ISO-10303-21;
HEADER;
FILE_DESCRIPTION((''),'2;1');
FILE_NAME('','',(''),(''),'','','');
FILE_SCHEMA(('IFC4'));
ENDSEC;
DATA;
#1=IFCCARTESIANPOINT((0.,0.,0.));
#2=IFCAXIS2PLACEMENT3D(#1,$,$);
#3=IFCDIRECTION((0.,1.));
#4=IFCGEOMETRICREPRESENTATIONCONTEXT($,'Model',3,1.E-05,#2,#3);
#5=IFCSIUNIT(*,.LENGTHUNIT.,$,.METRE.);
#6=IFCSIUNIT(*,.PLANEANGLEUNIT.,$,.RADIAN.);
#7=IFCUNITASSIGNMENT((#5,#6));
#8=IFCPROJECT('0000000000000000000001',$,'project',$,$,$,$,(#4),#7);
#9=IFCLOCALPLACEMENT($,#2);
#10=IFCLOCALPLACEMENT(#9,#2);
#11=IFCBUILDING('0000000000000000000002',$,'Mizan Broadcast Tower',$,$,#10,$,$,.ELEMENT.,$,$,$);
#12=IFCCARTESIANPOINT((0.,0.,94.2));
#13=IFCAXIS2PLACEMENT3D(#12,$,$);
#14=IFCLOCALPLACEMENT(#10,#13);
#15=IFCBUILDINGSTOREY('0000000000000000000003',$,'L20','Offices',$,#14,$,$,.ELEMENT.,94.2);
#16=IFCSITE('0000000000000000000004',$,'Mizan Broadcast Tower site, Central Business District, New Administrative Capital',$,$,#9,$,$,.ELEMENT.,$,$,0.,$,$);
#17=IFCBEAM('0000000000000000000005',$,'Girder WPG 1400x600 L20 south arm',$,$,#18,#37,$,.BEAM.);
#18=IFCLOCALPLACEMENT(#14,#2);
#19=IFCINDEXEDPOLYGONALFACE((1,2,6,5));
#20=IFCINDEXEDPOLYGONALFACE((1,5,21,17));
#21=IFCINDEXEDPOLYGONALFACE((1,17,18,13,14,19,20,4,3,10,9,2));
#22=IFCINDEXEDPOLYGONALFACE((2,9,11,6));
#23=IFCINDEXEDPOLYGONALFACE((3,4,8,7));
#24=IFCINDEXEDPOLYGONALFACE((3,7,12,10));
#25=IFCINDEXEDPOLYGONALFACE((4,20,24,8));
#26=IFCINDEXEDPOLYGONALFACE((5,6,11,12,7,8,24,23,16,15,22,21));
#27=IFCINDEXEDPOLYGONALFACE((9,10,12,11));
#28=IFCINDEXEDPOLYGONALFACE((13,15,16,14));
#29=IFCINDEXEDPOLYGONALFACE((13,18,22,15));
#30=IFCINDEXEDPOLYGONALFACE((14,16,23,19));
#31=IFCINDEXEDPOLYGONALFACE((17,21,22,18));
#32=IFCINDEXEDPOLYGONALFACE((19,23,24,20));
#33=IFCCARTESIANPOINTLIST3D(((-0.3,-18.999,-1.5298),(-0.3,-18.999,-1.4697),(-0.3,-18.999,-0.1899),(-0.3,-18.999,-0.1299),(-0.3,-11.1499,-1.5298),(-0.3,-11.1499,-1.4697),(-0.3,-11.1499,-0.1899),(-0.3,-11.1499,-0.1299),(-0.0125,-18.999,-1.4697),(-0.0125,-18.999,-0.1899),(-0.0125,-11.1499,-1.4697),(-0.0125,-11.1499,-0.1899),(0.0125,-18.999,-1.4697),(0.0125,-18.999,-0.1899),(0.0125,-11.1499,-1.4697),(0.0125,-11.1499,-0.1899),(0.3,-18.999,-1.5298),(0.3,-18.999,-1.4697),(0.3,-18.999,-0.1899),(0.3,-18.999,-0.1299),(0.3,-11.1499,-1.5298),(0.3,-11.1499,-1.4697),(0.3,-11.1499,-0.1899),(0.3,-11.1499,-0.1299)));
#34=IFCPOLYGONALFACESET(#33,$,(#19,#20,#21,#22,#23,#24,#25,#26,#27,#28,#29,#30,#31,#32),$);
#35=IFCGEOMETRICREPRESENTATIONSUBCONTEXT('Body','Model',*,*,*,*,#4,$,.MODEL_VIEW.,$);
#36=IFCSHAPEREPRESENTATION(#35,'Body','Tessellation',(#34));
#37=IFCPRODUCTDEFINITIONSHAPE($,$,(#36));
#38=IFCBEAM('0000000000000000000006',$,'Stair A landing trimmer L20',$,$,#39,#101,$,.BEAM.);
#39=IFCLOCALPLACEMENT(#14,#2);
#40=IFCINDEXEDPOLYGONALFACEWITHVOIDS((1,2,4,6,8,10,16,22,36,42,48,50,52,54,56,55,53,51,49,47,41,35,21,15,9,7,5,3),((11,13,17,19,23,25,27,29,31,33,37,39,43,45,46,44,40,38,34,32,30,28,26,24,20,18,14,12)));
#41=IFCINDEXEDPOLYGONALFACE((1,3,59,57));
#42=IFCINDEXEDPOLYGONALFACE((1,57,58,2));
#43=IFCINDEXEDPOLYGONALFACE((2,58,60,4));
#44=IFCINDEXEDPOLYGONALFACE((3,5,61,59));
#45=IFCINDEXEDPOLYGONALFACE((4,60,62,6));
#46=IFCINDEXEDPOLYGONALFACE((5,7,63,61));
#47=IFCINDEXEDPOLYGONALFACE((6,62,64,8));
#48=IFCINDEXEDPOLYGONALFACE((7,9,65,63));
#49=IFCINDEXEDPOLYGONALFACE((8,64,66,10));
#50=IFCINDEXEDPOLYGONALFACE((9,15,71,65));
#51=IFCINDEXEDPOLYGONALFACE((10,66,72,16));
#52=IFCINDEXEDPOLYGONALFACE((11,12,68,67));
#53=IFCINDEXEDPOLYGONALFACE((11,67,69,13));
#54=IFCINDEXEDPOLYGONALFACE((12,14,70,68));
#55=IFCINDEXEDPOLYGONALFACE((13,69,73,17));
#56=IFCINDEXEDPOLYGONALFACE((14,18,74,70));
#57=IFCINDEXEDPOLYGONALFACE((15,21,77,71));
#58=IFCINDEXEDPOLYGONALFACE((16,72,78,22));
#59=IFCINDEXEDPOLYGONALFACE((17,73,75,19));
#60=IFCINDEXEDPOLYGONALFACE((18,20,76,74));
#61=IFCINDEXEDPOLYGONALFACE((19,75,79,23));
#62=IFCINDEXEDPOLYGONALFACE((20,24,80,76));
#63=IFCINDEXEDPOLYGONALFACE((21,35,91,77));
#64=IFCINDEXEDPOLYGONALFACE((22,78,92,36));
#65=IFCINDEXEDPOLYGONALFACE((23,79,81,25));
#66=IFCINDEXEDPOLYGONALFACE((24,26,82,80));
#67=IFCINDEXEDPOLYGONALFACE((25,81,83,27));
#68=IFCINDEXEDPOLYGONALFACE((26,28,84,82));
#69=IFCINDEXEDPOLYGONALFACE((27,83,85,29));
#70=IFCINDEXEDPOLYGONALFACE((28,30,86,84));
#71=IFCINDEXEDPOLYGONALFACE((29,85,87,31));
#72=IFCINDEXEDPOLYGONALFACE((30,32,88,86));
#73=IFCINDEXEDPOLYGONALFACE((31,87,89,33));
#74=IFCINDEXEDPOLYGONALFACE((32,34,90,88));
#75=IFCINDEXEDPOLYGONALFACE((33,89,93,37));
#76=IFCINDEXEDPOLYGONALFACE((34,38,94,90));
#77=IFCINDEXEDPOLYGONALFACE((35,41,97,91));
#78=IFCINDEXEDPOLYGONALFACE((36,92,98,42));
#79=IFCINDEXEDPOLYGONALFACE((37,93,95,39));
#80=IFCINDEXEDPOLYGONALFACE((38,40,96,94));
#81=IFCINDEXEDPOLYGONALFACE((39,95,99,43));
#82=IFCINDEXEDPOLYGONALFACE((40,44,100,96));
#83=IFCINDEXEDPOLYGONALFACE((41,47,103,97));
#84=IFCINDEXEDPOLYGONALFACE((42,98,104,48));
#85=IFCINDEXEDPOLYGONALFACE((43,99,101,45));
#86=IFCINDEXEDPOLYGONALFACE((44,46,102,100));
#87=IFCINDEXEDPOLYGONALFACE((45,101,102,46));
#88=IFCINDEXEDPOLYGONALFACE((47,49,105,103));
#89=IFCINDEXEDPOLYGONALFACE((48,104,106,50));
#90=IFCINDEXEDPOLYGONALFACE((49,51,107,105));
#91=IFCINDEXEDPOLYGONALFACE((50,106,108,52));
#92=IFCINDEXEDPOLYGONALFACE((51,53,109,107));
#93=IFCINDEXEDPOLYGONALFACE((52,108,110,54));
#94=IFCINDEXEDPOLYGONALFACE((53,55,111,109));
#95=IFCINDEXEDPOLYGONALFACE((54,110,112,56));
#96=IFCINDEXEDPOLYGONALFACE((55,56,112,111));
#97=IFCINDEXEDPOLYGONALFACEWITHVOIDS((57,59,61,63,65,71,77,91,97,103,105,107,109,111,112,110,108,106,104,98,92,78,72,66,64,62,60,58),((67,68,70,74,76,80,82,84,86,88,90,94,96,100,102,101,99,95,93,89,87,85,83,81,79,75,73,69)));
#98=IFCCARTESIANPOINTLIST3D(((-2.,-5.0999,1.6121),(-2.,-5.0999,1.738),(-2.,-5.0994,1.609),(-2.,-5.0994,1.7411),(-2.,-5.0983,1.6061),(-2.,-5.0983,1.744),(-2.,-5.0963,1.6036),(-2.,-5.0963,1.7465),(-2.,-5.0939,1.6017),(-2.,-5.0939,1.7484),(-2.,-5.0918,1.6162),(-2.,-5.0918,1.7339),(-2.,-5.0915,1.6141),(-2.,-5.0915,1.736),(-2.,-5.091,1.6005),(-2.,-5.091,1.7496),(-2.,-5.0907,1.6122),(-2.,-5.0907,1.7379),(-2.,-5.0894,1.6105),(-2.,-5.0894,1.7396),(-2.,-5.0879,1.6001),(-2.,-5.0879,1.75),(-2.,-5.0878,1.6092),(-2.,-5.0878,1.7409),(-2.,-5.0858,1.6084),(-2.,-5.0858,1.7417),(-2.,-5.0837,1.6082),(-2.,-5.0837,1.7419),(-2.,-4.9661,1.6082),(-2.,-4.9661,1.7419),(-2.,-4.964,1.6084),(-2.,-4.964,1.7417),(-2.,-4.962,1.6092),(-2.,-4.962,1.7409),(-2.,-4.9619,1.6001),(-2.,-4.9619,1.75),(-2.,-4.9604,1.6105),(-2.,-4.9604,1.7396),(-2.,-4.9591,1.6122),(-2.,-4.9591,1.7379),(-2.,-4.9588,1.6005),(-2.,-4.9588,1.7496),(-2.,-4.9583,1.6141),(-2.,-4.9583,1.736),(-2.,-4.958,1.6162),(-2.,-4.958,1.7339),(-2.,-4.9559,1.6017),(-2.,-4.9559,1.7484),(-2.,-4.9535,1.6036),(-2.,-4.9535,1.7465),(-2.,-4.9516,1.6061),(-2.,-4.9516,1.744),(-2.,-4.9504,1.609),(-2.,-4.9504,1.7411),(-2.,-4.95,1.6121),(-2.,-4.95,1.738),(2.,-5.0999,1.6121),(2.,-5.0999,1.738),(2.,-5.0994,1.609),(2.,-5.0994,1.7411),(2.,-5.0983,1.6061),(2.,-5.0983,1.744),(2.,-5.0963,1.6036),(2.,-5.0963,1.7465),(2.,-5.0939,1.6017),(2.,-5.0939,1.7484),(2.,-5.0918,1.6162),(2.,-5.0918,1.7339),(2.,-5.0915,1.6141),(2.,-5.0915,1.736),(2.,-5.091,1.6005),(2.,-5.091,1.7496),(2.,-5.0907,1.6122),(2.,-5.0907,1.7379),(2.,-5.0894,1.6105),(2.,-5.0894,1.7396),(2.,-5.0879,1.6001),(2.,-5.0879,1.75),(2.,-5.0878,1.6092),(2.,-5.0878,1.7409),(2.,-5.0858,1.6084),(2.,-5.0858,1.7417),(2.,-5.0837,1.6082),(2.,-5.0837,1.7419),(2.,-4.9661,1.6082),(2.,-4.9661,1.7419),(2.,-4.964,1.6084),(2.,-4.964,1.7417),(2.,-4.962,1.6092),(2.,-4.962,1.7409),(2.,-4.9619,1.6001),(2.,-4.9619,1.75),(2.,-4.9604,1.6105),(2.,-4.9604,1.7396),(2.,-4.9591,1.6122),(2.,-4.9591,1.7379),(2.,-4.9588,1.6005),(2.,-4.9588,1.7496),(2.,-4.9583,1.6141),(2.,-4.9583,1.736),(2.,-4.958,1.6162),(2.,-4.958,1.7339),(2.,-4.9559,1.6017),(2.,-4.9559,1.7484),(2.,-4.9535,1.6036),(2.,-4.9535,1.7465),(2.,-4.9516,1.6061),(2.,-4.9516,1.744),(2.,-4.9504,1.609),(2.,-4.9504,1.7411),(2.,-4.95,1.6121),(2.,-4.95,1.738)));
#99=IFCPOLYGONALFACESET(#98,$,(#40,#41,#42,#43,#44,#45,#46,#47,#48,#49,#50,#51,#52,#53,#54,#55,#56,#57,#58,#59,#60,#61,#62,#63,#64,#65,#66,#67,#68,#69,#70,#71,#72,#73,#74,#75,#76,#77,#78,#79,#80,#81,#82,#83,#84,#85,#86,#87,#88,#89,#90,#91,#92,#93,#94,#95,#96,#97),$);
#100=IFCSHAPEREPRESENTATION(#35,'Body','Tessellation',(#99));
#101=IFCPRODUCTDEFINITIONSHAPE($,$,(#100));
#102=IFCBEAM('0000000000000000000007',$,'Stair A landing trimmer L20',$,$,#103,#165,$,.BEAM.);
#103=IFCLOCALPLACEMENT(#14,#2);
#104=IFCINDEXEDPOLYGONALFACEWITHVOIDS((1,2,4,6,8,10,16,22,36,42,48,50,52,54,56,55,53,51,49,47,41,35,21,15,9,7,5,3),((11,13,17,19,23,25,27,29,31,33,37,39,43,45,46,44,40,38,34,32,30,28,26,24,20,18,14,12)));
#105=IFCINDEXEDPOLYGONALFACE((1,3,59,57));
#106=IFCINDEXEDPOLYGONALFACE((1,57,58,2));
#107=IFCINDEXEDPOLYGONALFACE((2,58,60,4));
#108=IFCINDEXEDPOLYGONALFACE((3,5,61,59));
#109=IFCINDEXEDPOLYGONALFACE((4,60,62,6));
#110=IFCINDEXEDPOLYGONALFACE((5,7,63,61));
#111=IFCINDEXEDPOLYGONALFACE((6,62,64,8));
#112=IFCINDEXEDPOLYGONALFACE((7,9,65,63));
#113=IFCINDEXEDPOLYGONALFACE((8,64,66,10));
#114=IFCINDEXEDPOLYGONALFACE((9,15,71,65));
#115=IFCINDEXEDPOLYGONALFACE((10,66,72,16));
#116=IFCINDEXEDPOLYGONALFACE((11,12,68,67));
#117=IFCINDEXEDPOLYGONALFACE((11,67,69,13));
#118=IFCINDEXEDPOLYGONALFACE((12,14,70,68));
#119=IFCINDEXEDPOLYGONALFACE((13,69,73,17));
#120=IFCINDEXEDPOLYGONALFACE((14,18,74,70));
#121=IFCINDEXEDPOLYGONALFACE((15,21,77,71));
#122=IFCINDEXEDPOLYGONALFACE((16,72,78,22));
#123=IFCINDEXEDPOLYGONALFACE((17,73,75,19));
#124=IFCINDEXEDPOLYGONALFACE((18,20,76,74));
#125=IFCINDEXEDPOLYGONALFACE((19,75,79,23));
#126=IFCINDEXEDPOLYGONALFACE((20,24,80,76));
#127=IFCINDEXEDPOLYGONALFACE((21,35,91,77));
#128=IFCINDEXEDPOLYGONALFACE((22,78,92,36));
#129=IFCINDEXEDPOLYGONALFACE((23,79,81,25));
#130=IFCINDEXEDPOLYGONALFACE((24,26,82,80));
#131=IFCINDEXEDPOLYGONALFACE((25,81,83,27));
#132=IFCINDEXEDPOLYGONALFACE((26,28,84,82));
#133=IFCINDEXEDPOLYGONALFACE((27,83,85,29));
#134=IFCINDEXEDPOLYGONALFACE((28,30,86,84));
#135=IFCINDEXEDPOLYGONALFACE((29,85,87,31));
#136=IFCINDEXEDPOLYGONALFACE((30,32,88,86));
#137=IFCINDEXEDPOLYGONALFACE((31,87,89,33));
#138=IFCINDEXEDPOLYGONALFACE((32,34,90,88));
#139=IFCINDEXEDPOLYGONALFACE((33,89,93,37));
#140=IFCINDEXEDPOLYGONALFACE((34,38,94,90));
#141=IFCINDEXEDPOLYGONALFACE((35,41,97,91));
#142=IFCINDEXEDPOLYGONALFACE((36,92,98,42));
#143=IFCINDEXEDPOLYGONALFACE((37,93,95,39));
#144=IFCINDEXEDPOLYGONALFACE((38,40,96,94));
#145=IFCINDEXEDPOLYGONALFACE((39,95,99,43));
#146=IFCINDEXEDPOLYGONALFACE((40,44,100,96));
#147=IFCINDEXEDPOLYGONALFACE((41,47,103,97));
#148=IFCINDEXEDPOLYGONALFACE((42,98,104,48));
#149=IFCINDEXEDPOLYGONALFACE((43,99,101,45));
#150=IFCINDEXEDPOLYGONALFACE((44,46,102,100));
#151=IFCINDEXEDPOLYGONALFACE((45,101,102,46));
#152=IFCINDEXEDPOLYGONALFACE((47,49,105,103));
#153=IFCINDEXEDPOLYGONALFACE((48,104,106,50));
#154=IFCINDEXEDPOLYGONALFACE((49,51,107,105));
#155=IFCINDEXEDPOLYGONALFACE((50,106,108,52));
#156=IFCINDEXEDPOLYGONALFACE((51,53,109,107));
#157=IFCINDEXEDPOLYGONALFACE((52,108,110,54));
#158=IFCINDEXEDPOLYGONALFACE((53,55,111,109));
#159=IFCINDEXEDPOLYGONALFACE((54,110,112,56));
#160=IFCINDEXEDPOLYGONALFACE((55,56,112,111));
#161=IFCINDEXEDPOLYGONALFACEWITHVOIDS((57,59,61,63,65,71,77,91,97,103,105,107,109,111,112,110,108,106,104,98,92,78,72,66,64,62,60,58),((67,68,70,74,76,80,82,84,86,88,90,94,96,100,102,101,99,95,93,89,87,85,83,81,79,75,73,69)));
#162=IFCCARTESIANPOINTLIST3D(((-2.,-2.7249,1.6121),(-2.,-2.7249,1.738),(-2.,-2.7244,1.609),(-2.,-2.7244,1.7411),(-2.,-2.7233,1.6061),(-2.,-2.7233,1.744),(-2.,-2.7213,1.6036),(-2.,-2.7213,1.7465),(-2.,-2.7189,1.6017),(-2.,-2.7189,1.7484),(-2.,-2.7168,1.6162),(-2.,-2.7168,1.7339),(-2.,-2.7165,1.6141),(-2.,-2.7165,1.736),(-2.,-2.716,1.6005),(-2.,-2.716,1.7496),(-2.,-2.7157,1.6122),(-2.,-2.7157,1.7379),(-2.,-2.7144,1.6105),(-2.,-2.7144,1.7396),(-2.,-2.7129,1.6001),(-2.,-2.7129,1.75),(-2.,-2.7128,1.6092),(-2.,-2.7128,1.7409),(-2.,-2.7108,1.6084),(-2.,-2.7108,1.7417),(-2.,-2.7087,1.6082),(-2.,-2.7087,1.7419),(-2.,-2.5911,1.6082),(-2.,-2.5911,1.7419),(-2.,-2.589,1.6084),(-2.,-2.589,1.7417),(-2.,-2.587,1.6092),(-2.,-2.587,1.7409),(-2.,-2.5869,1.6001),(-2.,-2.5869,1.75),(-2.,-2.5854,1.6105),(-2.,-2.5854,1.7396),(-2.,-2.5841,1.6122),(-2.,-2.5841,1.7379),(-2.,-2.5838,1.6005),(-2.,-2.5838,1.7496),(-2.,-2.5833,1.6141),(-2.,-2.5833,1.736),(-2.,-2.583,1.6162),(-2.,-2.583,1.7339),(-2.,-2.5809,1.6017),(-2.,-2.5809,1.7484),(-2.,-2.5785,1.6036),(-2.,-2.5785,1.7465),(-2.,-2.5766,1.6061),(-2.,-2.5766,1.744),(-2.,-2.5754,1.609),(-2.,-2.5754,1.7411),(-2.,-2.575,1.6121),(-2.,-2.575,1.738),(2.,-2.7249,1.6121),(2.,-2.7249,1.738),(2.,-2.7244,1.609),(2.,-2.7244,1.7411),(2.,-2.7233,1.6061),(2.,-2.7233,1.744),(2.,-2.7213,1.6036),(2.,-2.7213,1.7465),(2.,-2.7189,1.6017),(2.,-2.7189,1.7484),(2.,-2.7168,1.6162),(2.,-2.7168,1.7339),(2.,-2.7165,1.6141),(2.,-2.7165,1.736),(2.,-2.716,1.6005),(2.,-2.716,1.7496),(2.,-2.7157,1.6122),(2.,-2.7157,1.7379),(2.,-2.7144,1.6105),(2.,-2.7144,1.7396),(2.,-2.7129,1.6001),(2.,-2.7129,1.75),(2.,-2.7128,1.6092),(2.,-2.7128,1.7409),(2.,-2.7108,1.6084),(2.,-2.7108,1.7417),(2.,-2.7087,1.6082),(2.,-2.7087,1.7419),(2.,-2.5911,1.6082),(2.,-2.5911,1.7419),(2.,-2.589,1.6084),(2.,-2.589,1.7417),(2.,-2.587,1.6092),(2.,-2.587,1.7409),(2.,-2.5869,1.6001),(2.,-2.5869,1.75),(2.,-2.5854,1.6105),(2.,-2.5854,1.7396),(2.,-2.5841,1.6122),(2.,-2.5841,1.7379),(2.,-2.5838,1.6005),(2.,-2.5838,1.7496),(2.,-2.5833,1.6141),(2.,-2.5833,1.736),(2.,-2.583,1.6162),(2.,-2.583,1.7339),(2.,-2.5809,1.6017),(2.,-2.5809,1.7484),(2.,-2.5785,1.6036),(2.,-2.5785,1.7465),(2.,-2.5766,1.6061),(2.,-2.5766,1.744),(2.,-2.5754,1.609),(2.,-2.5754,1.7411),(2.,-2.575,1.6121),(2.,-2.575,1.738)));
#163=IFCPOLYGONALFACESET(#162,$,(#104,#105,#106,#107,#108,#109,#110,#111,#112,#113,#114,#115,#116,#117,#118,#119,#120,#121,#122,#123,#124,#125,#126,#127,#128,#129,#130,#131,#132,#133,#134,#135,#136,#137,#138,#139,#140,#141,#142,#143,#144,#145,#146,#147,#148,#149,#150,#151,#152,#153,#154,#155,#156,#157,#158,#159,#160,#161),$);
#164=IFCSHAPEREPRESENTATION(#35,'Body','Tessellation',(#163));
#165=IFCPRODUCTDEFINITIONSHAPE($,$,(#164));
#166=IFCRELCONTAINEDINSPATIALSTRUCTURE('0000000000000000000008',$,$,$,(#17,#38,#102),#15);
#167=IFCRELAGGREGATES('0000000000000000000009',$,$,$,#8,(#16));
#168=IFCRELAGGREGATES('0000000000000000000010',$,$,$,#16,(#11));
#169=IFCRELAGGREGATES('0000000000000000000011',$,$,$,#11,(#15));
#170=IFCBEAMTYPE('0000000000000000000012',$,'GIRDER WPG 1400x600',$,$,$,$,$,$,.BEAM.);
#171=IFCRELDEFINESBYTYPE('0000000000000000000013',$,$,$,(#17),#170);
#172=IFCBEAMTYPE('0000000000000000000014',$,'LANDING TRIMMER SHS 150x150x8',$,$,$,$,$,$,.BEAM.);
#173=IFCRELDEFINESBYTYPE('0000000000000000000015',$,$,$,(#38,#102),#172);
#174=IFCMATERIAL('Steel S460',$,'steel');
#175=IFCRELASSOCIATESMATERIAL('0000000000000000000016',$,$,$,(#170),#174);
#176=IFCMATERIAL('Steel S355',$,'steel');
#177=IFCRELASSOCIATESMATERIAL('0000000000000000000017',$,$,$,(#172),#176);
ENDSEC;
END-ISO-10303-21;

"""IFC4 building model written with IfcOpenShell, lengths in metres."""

from ifc_helpers import new_model, si_unit, direction, frame, origin, origin_2d, place, context, subcontext, project, spatial, hollow_rectangle, i_section, extrude, material, material_profile, profile_set, type_object, element, save


model = new_model("IFC4")

# Units and contexts
model_context = context("Model", 3, precision=1e-05, world=origin(), true_north=direction((0.0, 1.0)))
body_context = subcontext(model_context, "Body", "Model", "MODEL_VIEW")
ifc_project = project(units=[si_unit("LENGTHUNIT", "METRE"), si_unit("PLANEANGLEUNIT", "RADIAN")], contexts=[model_context])

# Site, building, storey
site_placement = place(None, origin())
site = spatial("IfcSite", under=ifc_project, at=site_placement, Name="Mizan Broadcast Tower site, Central Business District, New Administrative Capital", CompositionType="ELEMENT", RefElevation=0.0)
building_placement = place(site_placement, origin())
building = spatial("IfcBuilding", under=site, at=building_placement, Name="Mizan Broadcast Tower", CompositionType="ELEMENT")
storey_placement = place(building_placement, frame((0.0, 0.0, 94.2)))
storey = spatial("IfcBuildingStorey", under=building, at=storey_placement, Name="L20", Description="Offices", CompositionType="ELEMENT", Elevation=94.2)

# Beams
ifc_material_1 = material(Name="Steel S460", Category="steel")
ifc_material_profile_1 = material_profile(ifc_material_1, i_section(OverallWidth=0.6001, OverallDepth=1.3999, WebThickness=0.0249, FlangeThickness=0.0601, at=origin_2d()), Name="WPG 1400x600")
ifc_profile_set_1 = profile_set([ifc_material_profile_1], Name="Steel S460")
beam_type_1 = type_object("IfcBeamType", Name="GIRDER WPG 1400x600", PredefinedType="BEAM", material=ifc_profile_set_1)
beam_1_placement = place(storey_placement, frame((0.0, -11.1499, -0.8298), z_axis=(0.0, -1.0, 0.0), x_axis=(1.0, 0.0, 0.0)))
element("IfcBeam", 1, at=beam_1_placement, inside=storey, type_object=beam_type_1, Name="Girder WPG 1400x600 L20 south arm", PredefinedType="BEAM", context=body_context, shape_type="SweptSolid", body=[
    extrude(i_section(OverallWidth=0.6001, OverallDepth=1.3999, WebThickness=0.0249, FlangeThickness=0.0601, at=origin_2d()), origin(), (0.0, 0.0, 1.0), 7.8491),
])
ifc_material_2 = material(Name="Steel S355", Category="steel")
ifc_material_profile_2 = material_profile(ifc_material_2, hollow_rectangle(XDim=0.1499, YDim=0.1499, WallThickness=0.0081, InnerFilletRadius=0.0081, OuterFilletRadius=0.012, at=origin_2d()), Name="SHS 150x150x8")
ifc_profile_set_2 = profile_set([ifc_material_profile_2], Name="Steel S355")
beam_type_2 = type_object("IfcBeamType", Name="LANDING TRIMMER SHS 150x150x8", PredefinedType="BEAM", material=ifc_profile_set_2)
for number, where, z_axis, x_axis, name in (
    (2, (-2.0, -5.0249, 1.675), (1.0, 0.0, 0.0), (0.0, 1.0, 0.0), "Stair A landing trimmer L20"),
    (3, (-2.0, -2.6499, 1.675), (1.0, 0.0, 0.0), (0.0, 1.0, 0.0), "Stair A landing trimmer L20"),
):
    element("IfcBeam", number, at=place(storey_placement, frame(where, z_axis=z_axis, x_axis=x_axis)), inside=storey, type_object=beam_type_2, Name=name, PredefinedType="BEAM", context=body_context, shape_type="SweptSolid", body=[
        extrude(hollow_rectangle(XDim=0.1499, YDim=0.1499, WallThickness=0.0081, InnerFilletRadius=0.0081, OuterFilletRadius=0.012, at=origin_2d()), origin(), (0.0, 0.0, 1.0), 4.0),
    ])

save(model, "model.ifc")
